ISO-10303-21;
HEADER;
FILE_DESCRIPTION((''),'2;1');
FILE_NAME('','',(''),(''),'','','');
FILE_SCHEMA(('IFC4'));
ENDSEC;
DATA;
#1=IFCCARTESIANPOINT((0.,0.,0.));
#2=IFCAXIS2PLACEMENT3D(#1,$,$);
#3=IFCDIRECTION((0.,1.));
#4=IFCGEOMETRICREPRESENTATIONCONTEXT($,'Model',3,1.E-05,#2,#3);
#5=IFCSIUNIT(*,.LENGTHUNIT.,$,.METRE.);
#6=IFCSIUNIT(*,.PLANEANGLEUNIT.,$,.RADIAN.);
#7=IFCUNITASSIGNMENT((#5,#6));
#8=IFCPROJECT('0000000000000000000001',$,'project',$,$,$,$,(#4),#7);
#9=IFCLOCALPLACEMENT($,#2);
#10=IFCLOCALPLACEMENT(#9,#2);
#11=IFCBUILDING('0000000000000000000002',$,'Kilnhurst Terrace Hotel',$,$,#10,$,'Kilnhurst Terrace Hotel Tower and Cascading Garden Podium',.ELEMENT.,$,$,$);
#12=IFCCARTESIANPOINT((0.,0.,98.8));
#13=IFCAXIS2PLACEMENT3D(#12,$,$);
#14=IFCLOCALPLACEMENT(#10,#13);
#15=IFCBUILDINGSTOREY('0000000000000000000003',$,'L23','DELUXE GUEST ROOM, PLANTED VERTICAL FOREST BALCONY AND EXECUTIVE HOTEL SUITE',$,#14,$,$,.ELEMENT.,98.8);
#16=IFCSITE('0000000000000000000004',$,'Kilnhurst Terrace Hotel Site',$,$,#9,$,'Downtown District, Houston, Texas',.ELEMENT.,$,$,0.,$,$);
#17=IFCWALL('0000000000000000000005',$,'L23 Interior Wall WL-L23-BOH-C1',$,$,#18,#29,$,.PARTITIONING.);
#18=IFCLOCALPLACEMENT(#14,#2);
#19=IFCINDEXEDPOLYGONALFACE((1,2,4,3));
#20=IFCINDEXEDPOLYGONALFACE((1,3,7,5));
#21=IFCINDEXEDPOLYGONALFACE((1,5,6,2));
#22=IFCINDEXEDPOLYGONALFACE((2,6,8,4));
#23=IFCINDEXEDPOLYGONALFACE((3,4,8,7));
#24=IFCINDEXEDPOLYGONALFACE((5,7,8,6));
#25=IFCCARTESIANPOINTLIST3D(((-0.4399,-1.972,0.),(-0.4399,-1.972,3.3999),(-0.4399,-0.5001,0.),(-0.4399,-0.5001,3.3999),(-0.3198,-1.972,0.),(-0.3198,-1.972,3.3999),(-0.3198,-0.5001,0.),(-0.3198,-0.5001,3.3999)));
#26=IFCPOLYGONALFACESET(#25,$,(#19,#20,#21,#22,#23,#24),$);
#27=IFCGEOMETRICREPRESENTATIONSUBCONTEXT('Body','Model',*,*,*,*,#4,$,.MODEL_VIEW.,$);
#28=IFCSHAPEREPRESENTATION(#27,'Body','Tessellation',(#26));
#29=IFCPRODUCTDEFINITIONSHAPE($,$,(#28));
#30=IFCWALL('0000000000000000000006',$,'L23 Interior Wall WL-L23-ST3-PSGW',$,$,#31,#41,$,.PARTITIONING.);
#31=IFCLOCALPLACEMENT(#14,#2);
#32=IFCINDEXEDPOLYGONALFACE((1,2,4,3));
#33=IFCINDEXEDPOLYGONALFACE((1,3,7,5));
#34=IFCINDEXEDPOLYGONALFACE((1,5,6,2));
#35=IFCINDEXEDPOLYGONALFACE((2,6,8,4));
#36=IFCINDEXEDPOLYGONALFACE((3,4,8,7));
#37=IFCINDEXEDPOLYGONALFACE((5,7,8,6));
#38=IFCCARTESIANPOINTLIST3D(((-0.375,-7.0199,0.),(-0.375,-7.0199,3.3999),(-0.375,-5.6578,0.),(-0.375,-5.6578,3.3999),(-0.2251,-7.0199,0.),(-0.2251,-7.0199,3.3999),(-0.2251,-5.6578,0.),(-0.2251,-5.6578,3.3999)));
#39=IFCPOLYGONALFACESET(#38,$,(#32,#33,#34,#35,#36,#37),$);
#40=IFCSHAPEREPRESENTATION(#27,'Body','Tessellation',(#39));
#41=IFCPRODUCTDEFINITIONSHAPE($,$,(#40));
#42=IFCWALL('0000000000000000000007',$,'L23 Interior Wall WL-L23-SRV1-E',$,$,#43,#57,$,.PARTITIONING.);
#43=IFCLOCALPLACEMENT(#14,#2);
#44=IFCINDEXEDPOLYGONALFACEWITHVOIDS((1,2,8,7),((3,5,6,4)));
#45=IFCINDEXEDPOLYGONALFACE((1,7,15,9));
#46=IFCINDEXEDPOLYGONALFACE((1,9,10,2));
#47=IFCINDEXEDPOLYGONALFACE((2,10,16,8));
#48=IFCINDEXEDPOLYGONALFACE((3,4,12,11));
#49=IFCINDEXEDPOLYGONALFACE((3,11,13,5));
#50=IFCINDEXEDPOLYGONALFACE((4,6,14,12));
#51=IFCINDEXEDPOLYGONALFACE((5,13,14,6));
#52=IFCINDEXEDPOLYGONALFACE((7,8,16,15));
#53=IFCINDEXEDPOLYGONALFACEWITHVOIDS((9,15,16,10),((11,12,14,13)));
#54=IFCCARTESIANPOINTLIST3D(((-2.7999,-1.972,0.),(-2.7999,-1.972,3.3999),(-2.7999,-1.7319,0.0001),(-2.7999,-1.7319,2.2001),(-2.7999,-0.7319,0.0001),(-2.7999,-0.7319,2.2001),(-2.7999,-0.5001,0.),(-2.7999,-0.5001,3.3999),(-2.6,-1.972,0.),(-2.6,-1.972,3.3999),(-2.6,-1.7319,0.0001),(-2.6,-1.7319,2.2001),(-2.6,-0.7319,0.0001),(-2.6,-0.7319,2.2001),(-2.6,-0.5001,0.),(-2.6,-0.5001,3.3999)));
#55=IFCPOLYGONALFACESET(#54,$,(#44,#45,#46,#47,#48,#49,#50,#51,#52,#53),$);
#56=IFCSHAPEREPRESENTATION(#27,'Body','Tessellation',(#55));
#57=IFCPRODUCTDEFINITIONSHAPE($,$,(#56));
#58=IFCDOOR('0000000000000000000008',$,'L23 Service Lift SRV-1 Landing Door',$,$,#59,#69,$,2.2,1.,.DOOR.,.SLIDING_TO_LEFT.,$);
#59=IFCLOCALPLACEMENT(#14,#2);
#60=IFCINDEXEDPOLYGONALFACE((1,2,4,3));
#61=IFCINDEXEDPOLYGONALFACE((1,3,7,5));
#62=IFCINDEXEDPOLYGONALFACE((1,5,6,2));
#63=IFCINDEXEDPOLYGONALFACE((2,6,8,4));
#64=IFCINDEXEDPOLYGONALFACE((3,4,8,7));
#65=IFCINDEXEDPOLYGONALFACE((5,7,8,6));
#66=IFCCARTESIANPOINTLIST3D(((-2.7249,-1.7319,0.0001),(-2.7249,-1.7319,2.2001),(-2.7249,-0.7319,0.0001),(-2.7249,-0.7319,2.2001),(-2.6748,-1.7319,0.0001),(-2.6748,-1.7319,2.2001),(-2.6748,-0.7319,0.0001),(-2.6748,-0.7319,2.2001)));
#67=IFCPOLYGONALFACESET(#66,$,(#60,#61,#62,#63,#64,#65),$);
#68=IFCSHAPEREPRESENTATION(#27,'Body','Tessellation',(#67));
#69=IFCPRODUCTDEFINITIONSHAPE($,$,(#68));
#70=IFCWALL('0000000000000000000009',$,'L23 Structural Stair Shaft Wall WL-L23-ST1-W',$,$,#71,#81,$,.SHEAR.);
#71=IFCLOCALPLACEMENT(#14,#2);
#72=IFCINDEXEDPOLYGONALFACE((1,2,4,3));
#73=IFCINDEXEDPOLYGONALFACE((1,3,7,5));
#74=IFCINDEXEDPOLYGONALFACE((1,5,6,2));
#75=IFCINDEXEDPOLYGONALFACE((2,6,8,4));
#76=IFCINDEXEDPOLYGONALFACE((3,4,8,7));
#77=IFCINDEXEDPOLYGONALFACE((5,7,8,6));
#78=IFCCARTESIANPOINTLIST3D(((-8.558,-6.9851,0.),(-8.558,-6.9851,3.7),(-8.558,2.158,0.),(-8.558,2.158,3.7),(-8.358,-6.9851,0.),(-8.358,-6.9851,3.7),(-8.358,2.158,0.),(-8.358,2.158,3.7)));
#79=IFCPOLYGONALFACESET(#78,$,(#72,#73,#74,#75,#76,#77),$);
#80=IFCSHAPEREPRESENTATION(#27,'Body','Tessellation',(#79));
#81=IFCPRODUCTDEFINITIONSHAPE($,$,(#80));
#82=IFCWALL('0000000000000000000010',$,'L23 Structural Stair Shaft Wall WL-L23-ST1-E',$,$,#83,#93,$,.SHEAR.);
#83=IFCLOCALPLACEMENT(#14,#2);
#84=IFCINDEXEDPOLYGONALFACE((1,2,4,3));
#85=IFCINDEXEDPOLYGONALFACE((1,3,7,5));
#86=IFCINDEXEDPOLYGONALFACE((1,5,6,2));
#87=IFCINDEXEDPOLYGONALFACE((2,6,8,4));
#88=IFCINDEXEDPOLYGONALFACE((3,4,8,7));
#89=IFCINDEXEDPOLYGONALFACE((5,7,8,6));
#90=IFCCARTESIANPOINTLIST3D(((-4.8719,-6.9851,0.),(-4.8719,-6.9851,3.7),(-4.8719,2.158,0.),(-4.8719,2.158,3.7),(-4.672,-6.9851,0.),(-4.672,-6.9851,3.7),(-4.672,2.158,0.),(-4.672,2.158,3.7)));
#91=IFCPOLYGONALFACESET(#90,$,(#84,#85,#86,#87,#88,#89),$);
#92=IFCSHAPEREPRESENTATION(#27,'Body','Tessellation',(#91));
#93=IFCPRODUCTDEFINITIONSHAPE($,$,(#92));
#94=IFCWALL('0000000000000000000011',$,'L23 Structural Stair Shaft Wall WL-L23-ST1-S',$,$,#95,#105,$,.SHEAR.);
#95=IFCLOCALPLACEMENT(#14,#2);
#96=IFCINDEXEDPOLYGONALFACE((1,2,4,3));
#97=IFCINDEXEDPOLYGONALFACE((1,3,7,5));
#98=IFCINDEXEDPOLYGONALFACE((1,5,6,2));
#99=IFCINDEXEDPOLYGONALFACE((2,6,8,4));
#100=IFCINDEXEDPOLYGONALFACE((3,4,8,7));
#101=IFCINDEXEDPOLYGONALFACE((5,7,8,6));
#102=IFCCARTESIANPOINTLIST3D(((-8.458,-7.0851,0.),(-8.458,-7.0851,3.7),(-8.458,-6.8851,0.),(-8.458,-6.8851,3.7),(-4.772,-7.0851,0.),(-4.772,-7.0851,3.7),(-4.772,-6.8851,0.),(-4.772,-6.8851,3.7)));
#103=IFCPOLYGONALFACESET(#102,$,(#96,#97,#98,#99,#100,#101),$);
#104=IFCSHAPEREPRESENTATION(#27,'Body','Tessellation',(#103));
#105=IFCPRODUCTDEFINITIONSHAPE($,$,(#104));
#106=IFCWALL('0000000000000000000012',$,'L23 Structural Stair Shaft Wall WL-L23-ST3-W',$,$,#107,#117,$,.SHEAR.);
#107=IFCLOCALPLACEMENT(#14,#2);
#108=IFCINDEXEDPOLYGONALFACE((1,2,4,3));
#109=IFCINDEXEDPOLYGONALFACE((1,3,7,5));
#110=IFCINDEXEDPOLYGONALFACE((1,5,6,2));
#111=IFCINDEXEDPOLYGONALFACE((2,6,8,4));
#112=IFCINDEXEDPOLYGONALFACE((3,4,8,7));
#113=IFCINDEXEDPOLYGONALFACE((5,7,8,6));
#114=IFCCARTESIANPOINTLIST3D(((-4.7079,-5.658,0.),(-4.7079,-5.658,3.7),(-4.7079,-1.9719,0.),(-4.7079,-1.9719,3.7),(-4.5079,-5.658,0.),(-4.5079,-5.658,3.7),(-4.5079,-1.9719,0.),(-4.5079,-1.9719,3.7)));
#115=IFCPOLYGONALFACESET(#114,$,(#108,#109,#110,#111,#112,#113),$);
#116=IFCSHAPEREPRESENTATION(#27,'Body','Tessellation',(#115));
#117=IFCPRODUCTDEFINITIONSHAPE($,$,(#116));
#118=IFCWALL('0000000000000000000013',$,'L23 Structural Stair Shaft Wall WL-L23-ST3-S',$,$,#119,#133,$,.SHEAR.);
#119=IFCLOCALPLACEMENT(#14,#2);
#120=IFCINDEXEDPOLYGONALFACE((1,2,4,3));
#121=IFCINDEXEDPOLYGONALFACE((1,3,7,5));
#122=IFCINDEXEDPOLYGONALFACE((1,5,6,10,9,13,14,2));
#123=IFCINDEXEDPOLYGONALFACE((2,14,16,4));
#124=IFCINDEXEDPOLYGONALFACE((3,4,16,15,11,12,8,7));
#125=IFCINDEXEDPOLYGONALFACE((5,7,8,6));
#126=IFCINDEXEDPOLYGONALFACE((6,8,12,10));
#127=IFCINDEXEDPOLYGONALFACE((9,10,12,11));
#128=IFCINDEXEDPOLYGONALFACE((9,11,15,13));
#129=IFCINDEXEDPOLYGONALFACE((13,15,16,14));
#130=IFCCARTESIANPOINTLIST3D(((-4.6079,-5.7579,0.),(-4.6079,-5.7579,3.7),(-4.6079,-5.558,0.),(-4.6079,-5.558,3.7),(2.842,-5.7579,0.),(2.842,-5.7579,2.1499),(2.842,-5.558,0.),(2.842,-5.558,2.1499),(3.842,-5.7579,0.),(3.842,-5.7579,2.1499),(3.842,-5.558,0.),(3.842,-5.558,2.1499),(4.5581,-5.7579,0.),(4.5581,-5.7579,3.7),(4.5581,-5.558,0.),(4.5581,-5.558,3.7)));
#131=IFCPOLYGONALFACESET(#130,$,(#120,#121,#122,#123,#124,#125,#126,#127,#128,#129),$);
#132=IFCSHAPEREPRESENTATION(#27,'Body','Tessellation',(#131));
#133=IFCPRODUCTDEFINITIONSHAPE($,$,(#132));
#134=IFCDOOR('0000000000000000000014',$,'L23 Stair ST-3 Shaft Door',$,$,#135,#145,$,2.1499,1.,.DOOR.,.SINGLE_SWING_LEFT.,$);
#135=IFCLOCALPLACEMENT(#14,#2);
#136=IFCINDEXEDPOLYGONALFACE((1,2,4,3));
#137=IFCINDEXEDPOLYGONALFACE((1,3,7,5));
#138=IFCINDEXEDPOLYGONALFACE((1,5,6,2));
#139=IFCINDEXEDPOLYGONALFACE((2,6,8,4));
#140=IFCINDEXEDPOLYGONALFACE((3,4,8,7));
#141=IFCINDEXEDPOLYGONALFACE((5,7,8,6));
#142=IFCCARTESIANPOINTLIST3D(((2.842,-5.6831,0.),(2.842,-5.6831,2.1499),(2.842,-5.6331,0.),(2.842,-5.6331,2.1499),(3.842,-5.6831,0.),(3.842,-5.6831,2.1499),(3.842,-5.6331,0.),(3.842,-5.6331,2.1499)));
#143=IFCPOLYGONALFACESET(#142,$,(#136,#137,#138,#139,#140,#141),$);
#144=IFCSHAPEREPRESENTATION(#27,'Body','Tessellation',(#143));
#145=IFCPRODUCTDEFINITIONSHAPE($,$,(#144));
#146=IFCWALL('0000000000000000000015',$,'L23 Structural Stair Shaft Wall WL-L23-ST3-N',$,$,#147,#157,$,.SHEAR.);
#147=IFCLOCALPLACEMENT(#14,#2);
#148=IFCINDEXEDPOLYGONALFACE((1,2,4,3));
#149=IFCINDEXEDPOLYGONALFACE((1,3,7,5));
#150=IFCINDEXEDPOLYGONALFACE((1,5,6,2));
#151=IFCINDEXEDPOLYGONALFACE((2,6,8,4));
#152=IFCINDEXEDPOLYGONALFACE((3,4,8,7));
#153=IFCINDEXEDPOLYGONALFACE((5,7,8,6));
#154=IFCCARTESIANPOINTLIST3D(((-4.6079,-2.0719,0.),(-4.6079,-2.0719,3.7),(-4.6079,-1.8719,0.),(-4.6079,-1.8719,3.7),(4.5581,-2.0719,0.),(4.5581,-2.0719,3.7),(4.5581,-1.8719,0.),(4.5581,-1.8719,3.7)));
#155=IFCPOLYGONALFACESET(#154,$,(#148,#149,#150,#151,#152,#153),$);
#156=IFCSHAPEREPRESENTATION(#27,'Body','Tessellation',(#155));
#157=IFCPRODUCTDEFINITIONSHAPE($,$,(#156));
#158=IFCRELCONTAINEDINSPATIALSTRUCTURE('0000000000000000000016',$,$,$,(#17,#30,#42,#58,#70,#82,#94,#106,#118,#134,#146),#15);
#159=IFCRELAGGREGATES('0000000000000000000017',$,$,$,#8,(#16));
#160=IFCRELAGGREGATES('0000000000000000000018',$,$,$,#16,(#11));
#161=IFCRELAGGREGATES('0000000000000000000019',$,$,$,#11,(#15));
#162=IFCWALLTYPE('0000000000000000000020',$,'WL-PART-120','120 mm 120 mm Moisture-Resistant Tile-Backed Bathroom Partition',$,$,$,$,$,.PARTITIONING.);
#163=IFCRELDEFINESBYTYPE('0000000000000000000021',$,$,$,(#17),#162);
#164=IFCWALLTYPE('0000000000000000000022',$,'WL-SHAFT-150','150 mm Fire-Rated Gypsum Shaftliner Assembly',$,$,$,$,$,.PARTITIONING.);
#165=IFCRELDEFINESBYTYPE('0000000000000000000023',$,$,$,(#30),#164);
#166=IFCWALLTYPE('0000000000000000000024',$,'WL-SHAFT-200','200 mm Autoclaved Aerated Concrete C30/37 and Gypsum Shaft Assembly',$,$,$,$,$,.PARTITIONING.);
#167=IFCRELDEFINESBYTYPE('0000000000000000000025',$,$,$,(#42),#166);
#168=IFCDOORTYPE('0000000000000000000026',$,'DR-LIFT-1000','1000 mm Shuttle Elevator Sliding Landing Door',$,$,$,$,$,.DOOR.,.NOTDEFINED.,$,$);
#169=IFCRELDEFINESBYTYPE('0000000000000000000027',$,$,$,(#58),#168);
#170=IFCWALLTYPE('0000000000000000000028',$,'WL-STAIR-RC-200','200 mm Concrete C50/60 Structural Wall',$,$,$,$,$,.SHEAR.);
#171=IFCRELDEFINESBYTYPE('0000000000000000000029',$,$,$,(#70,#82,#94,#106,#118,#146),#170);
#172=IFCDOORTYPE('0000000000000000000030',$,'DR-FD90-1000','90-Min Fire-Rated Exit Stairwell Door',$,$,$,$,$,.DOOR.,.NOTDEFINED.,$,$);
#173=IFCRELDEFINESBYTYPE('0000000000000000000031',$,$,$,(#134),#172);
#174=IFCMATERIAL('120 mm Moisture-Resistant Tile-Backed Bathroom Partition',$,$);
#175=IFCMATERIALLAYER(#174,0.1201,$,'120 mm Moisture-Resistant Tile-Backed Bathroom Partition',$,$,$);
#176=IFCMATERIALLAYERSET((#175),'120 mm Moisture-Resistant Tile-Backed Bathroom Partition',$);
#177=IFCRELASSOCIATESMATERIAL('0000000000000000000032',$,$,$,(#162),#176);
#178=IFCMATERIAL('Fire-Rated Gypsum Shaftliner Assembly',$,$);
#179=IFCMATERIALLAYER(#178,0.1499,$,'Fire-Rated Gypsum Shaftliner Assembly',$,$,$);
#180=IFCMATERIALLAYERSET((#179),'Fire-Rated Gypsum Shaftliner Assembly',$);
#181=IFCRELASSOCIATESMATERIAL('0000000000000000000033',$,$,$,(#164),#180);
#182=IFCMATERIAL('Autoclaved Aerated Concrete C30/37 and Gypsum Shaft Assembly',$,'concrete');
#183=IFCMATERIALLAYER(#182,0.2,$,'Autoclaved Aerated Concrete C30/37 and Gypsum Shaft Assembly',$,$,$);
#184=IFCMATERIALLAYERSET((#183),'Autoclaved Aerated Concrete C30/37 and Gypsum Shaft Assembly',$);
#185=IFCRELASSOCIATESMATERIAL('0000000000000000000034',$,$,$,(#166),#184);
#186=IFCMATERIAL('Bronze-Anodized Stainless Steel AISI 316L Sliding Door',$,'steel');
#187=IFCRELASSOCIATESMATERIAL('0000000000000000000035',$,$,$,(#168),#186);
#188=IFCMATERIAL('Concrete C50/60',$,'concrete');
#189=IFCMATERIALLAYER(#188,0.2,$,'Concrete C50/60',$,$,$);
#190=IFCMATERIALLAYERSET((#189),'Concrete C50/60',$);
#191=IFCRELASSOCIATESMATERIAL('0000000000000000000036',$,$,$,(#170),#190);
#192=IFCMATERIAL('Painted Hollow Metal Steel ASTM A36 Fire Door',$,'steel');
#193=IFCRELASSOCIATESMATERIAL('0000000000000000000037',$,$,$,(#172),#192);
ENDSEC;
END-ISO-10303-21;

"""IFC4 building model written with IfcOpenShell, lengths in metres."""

from ifc_helpers import new_model, si_unit, direction, frame, frame_2d, origin, place, context, subcontext, project, spatial, rectangle, extrude, material, layer, layer_set, type_object, element, fill, save


model = new_model("IFC4")

# Units and contexts
model_context = context("Model", 3, precision=1e-05, world=origin(), true_north=direction((0.0, 1.0)))
body_context = subcontext(model_context, "Body", "Model", "MODEL_VIEW")
ifc_project = project(units=[si_unit("LENGTHUNIT", "METRE"), si_unit("PLANEANGLEUNIT", "RADIAN")], contexts=[model_context])

# Site, building, storey
site_placement = place(None, origin())
site = spatial("IfcSite", under=ifc_project, at=site_placement, Name="Kilnhurst Terrace Hotel Site", LongName="Downtown District, Houston, Texas", CompositionType="ELEMENT", RefElevation=0.0)
building_placement = place(site_placement, origin())
building = spatial("IfcBuilding", under=site, at=building_placement, Name="Kilnhurst Terrace Hotel", LongName="Kilnhurst Terrace Hotel Tower and Cascading Garden Podium", CompositionType="ELEMENT")
storey_placement = place(building_placement, frame((0.0, 0.0, 98.8)))
storey = spatial("IfcBuildingStorey", under=building, at=storey_placement, Name="L23", Description="DELUXE GUEST ROOM, PLANTED VERTICAL FOREST BALCONY AND EXECUTIVE HOTEL SUITE", CompositionType="ELEMENT", Elevation=98.8)

# Walls
ifc_material_1 = material(Name="120 mm Moisture-Resistant Tile-Backed Bathroom Partition")
ifc_layer_1 = layer(ifc_material_1, 0.1201, Name="120 mm Moisture-Resistant Tile-Backed Bathroom Partition")
ifc_layer_set_1 = layer_set([ifc_layer_1], Name="120 mm Moisture-Resistant Tile-Backed Bathroom Partition")
wall_type_1 = type_object("IfcWallType", Name="WL-PART-120", Description="120 mm 120 mm Moisture-Resistant Tile-Backed Bathroom Partition", PredefinedType="PARTITIONING", material=ifc_layer_set_1)
wall_1_placement = place(storey_placement, frame((-0.3799, -1.9719, 0.0), z_axis=(0.0, 0.0, 1.0), x_axis=(0.0, 1.0, 0.0)))
element("IfcWall", 1, at=wall_1_placement, inside=storey, type_object=wall_type_1, Name="L23 Interior Wall WL-L23-BOH-C1", PredefinedType="PARTITIONING", context=body_context, shape_type="SweptSolid", body=[
    extrude(rectangle(XDim=1.4719, YDim=0.1201, at=frame_2d((0.7358, 0.0))), origin(), (0.0, 0.0, 1.0), 3.3999),
])
ifc_material_2 = material(Name="Fire-Rated Gypsum Shaftliner Assembly")
ifc_layer_2 = layer(ifc_material_2, 0.1499, Name="Fire-Rated Gypsum Shaftliner Assembly")
ifc_layer_set_2 = layer_set([ifc_layer_2], Name="Fire-Rated Gypsum Shaftliner Assembly")
wall_type_2 = type_object("IfcWallType", Name="WL-SHAFT-150", Description="150 mm Fire-Rated Gypsum Shaftliner Assembly", PredefinedType="PARTITIONING", material=ifc_layer_set_2)
wall_2_placement = place(storey_placement, frame((-0.3, -7.02, 0.0), z_axis=(0.0, 0.0, 1.0), x_axis=(0.0, 1.0, 0.0)))
element("IfcWall", 2, at=wall_2_placement, inside=storey, type_object=wall_type_2, Name="L23 Interior Wall WL-L23-ST3-PSGW", PredefinedType="PARTITIONING", context=body_context, shape_type="SweptSolid", body=[
    extrude(rectangle(XDim=1.3621, YDim=0.1499, at=frame_2d((0.6812, 0.0))), origin(), (0.0, 0.0, 1.0), 3.3999),
])

# Wall, opening, door
ifc_material_3 = material(Name="Autoclaved Aerated Concrete C30/37 and Gypsum Shaft Assembly", Category="concrete")
ifc_layer_3 = layer(ifc_material_3, 0.2, Name="Autoclaved Aerated Concrete C30/37 and Gypsum Shaft Assembly")
ifc_layer_set_3 = layer_set([ifc_layer_3], Name="Autoclaved Aerated Concrete C30/37 and Gypsum Shaft Assembly")
wall_type_3 = type_object("IfcWallType", Name="WL-SHAFT-200", Description="200 mm Autoclaved Aerated Concrete C30/37 and Gypsum Shaft Assembly", PredefinedType="PARTITIONING", material=ifc_layer_set_3)
wall_3_placement = place(storey_placement, frame((-2.7, -1.9719, 0.0), z_axis=(0.0, 0.0, 1.0), x_axis=(0.0, 1.0, 0.0)))
wall_3 = element("IfcWall", 3, at=wall_3_placement, inside=storey, type_object=wall_type_3, Name="L23 Interior Wall WL-L23-SRV1-E", PredefinedType="PARTITIONING", context=body_context, shape_type="SweptSolid", body=[
    extrude(rectangle(XDim=1.4719, YDim=0.2, at=frame_2d((0.7358, 0.0))), origin(), (0.0, 0.0, 1.0), 3.3999),
])
opening_1_placement = place(wall_3_placement, frame((0.24, 0.0, 0.0)))
opening_1 = element("IfcOpeningElement", 4, at=opening_1_placement, cuts=wall_3, PredefinedType="OPENING", context=body_context, shape_type="SweptSolid", body=[
    extrude(rectangle(XDim=1.0, YDim=2.2, at=frame_2d((0.5, 1.1001))), frame((0.0, 0.1099, 0.0), z_axis=(0.0, -1.0, 0.0), x_axis=(1.0, 0.0, 0.0)), (0.0, 0.0, 1.0), 0.22),
])
ifc_material_4 = material(Name="Bronze-Anodized Stainless Steel AISI 316L Sliding Door", Category="steel")
door_type_1 = type_object("IfcDoorType", Name="DR-LIFT-1000", Description="1000 mm Shuttle Elevator Sliding Landing Door", OperationType="NOTDEFINED", PredefinedType="DOOR", material=ifc_material_4)
door_1_placement = place(opening_1_placement, origin())
door_1 = element("IfcDoor", 5, at=door_1_placement, inside=storey, type_object=door_type_1, Name="L23 Service Lift SRV-1 Landing Door", OperationType="SLIDING_TO_LEFT", OverallHeight=2.2, OverallWidth=1.0, PredefinedType="DOOR", context=body_context, shape_type="SweptSolid", body=[
    extrude(rectangle(XDim=1.0, YDim=2.2, at=frame_2d((0.5, 1.1001))), frame((0.0, 0.0249, 0.0), z_axis=(0.0, -1.0, 0.0), x_axis=(1.0, 0.0, 0.0)), (0.0, 0.0, 1.0), 0.05),
])
fill(opening_1, door_1)

# Walls
ifc_material_5 = material(Name="Concrete C50/60", Category="concrete")
ifc_layer_4 = layer(ifc_material_5, 0.2, Name="Concrete C50/60")
ifc_layer_set_4 = layer_set([ifc_layer_4], Name="Concrete C50/60")
wall_type_4 = type_object("IfcWallType", Name="WL-STAIR-RC-200", Description="200 mm Concrete C50/60 Structural Wall", PredefinedType="SHEAR", material=ifc_layer_set_4)
for number, where, z_axis, x_axis, name in (
    (6, (-8.458, -6.9851, 0.0), (0.0, 0.0, 1.0), (0.0, 1.0, 0.0), "L23 Structural Stair Shaft Wall WL-L23-ST1-W"),
    (7, (-4.772, -6.9851, 0.0), (0.0, 0.0, 1.0), (0.0, 1.0, 0.0), "L23 Structural Stair Shaft Wall WL-L23-ST1-E"),
):
    element("IfcWall", number, at=place(storey_placement, frame(where, z_axis=z_axis, x_axis=x_axis)), inside=storey, type_object=wall_type_4, Name=name, PredefinedType="SHEAR", context=body_context, shape_type="SweptSolid", body=[
        extrude(rectangle(XDim=9.1431, YDim=0.2, at=frame_2d((4.5715, 0.0))), origin(), (0.0, 0.0, 1.0), 3.7),
    ])
for number, where, z_axis, x_axis, name in (
    (8, (-8.458, -6.9851, 0.0), (0.0, 0.0, 1.0), (1.0, 0.0, 0.0), "L23 Structural Stair Shaft Wall WL-L23-ST1-S"),
    (9, (-4.6079, -5.658, 0.0), (0.0, 0.0, 1.0), (0.0, 1.0, 0.0), "L23 Structural Stair Shaft Wall WL-L23-ST3-W"),
):
    element("IfcWall", number, at=place(storey_placement, frame(where, z_axis=z_axis, x_axis=x_axis)), inside=storey, type_object=wall_type_4, Name=name, PredefinedType="SHEAR", context=body_context, shape_type="SweptSolid", body=[
        extrude(rectangle(XDim=3.686, YDim=0.2, at=frame_2d((1.843, 0.0))), origin(), (0.0, 0.0, 1.0), 3.7),
    ])

# Wall, opening, door
wall_4_placement = place(storey_placement, frame((-4.6079, -5.658, 0.0), z_axis=(0.0, 0.0, 1.0), x_axis=(1.0, 0.0, 0.0)))
wall_4 = element("IfcWall", 10, at=wall_4_placement, inside=storey, type_object=wall_type_4, Name="L23 Structural Stair Shaft Wall WL-L23-ST3-S", PredefinedType="SHEAR", context=body_context, shape_type="SweptSolid", body=[
    extrude(rectangle(XDim=9.166, YDim=0.2, at=frame_2d((4.583, 0.0))), origin(), (0.0, 0.0, 1.0), 3.7),
])
opening_2_placement = place(wall_4_placement, frame((7.45, 0.0, 0.0)))
opening_2 = element("IfcOpeningElement", 11, at=opening_2_placement, cuts=wall_4, PredefinedType="OPENING", context=body_context, shape_type="SweptSolid", body=[
    extrude(rectangle(XDim=1.0, YDim=2.1499, at=frame_2d((0.5, 1.075))), frame((0.0, 0.1099, 0.0), z_axis=(0.0, -1.0, 0.0), x_axis=(1.0, 0.0, 0.0)), (0.0, 0.0, 1.0), 0.22),
])
ifc_material_6 = material(Name="Painted Hollow Metal Steel ASTM A36 Fire Door", Category="steel")
door_type_2 = type_object("IfcDoorType", Name="DR-FD90-1000", Description="90-Min Fire-Rated Exit Stairwell Door", OperationType="NOTDEFINED", PredefinedType="DOOR", material=ifc_material_6)
door_2_placement = place(opening_2_placement, origin())
door_2 = element("IfcDoor", 12, at=door_2_placement, inside=storey, type_object=door_type_2, Name="L23 Stair ST-3 Shaft Door", OperationType="SINGLE_SWING_LEFT", OverallHeight=2.1499, OverallWidth=1.0, PredefinedType="DOOR", context=body_context, shape_type="SweptSolid", body=[
    extrude(rectangle(XDim=1.0, YDim=2.1499, at=frame_2d((0.5, 1.075))), frame((0.0, 0.0249, 0.0), z_axis=(0.0, -1.0, 0.0), x_axis=(1.0, 0.0, 0.0)), (0.0, 0.0, 1.0), 0.05),
])
fill(opening_2, door_2)

# Wall
wall_5_placement = place(storey_placement, frame((-4.6079, -1.9719, 0.0), z_axis=(0.0, 0.0, 1.0), x_axis=(1.0, 0.0, 0.0)))
element("IfcWall", 13, at=wall_5_placement, inside=storey, type_object=wall_type_4, Name="L23 Structural Stair Shaft Wall WL-L23-ST3-N", PredefinedType="SHEAR", context=body_context, shape_type="SweptSolid", body=[
    extrude(rectangle(XDim=9.166, YDim=0.2, at=frame_2d((4.583, 0.0))), origin(), (0.0, 0.0, 1.0), 3.7),
])

save(model, "model.ifc")
